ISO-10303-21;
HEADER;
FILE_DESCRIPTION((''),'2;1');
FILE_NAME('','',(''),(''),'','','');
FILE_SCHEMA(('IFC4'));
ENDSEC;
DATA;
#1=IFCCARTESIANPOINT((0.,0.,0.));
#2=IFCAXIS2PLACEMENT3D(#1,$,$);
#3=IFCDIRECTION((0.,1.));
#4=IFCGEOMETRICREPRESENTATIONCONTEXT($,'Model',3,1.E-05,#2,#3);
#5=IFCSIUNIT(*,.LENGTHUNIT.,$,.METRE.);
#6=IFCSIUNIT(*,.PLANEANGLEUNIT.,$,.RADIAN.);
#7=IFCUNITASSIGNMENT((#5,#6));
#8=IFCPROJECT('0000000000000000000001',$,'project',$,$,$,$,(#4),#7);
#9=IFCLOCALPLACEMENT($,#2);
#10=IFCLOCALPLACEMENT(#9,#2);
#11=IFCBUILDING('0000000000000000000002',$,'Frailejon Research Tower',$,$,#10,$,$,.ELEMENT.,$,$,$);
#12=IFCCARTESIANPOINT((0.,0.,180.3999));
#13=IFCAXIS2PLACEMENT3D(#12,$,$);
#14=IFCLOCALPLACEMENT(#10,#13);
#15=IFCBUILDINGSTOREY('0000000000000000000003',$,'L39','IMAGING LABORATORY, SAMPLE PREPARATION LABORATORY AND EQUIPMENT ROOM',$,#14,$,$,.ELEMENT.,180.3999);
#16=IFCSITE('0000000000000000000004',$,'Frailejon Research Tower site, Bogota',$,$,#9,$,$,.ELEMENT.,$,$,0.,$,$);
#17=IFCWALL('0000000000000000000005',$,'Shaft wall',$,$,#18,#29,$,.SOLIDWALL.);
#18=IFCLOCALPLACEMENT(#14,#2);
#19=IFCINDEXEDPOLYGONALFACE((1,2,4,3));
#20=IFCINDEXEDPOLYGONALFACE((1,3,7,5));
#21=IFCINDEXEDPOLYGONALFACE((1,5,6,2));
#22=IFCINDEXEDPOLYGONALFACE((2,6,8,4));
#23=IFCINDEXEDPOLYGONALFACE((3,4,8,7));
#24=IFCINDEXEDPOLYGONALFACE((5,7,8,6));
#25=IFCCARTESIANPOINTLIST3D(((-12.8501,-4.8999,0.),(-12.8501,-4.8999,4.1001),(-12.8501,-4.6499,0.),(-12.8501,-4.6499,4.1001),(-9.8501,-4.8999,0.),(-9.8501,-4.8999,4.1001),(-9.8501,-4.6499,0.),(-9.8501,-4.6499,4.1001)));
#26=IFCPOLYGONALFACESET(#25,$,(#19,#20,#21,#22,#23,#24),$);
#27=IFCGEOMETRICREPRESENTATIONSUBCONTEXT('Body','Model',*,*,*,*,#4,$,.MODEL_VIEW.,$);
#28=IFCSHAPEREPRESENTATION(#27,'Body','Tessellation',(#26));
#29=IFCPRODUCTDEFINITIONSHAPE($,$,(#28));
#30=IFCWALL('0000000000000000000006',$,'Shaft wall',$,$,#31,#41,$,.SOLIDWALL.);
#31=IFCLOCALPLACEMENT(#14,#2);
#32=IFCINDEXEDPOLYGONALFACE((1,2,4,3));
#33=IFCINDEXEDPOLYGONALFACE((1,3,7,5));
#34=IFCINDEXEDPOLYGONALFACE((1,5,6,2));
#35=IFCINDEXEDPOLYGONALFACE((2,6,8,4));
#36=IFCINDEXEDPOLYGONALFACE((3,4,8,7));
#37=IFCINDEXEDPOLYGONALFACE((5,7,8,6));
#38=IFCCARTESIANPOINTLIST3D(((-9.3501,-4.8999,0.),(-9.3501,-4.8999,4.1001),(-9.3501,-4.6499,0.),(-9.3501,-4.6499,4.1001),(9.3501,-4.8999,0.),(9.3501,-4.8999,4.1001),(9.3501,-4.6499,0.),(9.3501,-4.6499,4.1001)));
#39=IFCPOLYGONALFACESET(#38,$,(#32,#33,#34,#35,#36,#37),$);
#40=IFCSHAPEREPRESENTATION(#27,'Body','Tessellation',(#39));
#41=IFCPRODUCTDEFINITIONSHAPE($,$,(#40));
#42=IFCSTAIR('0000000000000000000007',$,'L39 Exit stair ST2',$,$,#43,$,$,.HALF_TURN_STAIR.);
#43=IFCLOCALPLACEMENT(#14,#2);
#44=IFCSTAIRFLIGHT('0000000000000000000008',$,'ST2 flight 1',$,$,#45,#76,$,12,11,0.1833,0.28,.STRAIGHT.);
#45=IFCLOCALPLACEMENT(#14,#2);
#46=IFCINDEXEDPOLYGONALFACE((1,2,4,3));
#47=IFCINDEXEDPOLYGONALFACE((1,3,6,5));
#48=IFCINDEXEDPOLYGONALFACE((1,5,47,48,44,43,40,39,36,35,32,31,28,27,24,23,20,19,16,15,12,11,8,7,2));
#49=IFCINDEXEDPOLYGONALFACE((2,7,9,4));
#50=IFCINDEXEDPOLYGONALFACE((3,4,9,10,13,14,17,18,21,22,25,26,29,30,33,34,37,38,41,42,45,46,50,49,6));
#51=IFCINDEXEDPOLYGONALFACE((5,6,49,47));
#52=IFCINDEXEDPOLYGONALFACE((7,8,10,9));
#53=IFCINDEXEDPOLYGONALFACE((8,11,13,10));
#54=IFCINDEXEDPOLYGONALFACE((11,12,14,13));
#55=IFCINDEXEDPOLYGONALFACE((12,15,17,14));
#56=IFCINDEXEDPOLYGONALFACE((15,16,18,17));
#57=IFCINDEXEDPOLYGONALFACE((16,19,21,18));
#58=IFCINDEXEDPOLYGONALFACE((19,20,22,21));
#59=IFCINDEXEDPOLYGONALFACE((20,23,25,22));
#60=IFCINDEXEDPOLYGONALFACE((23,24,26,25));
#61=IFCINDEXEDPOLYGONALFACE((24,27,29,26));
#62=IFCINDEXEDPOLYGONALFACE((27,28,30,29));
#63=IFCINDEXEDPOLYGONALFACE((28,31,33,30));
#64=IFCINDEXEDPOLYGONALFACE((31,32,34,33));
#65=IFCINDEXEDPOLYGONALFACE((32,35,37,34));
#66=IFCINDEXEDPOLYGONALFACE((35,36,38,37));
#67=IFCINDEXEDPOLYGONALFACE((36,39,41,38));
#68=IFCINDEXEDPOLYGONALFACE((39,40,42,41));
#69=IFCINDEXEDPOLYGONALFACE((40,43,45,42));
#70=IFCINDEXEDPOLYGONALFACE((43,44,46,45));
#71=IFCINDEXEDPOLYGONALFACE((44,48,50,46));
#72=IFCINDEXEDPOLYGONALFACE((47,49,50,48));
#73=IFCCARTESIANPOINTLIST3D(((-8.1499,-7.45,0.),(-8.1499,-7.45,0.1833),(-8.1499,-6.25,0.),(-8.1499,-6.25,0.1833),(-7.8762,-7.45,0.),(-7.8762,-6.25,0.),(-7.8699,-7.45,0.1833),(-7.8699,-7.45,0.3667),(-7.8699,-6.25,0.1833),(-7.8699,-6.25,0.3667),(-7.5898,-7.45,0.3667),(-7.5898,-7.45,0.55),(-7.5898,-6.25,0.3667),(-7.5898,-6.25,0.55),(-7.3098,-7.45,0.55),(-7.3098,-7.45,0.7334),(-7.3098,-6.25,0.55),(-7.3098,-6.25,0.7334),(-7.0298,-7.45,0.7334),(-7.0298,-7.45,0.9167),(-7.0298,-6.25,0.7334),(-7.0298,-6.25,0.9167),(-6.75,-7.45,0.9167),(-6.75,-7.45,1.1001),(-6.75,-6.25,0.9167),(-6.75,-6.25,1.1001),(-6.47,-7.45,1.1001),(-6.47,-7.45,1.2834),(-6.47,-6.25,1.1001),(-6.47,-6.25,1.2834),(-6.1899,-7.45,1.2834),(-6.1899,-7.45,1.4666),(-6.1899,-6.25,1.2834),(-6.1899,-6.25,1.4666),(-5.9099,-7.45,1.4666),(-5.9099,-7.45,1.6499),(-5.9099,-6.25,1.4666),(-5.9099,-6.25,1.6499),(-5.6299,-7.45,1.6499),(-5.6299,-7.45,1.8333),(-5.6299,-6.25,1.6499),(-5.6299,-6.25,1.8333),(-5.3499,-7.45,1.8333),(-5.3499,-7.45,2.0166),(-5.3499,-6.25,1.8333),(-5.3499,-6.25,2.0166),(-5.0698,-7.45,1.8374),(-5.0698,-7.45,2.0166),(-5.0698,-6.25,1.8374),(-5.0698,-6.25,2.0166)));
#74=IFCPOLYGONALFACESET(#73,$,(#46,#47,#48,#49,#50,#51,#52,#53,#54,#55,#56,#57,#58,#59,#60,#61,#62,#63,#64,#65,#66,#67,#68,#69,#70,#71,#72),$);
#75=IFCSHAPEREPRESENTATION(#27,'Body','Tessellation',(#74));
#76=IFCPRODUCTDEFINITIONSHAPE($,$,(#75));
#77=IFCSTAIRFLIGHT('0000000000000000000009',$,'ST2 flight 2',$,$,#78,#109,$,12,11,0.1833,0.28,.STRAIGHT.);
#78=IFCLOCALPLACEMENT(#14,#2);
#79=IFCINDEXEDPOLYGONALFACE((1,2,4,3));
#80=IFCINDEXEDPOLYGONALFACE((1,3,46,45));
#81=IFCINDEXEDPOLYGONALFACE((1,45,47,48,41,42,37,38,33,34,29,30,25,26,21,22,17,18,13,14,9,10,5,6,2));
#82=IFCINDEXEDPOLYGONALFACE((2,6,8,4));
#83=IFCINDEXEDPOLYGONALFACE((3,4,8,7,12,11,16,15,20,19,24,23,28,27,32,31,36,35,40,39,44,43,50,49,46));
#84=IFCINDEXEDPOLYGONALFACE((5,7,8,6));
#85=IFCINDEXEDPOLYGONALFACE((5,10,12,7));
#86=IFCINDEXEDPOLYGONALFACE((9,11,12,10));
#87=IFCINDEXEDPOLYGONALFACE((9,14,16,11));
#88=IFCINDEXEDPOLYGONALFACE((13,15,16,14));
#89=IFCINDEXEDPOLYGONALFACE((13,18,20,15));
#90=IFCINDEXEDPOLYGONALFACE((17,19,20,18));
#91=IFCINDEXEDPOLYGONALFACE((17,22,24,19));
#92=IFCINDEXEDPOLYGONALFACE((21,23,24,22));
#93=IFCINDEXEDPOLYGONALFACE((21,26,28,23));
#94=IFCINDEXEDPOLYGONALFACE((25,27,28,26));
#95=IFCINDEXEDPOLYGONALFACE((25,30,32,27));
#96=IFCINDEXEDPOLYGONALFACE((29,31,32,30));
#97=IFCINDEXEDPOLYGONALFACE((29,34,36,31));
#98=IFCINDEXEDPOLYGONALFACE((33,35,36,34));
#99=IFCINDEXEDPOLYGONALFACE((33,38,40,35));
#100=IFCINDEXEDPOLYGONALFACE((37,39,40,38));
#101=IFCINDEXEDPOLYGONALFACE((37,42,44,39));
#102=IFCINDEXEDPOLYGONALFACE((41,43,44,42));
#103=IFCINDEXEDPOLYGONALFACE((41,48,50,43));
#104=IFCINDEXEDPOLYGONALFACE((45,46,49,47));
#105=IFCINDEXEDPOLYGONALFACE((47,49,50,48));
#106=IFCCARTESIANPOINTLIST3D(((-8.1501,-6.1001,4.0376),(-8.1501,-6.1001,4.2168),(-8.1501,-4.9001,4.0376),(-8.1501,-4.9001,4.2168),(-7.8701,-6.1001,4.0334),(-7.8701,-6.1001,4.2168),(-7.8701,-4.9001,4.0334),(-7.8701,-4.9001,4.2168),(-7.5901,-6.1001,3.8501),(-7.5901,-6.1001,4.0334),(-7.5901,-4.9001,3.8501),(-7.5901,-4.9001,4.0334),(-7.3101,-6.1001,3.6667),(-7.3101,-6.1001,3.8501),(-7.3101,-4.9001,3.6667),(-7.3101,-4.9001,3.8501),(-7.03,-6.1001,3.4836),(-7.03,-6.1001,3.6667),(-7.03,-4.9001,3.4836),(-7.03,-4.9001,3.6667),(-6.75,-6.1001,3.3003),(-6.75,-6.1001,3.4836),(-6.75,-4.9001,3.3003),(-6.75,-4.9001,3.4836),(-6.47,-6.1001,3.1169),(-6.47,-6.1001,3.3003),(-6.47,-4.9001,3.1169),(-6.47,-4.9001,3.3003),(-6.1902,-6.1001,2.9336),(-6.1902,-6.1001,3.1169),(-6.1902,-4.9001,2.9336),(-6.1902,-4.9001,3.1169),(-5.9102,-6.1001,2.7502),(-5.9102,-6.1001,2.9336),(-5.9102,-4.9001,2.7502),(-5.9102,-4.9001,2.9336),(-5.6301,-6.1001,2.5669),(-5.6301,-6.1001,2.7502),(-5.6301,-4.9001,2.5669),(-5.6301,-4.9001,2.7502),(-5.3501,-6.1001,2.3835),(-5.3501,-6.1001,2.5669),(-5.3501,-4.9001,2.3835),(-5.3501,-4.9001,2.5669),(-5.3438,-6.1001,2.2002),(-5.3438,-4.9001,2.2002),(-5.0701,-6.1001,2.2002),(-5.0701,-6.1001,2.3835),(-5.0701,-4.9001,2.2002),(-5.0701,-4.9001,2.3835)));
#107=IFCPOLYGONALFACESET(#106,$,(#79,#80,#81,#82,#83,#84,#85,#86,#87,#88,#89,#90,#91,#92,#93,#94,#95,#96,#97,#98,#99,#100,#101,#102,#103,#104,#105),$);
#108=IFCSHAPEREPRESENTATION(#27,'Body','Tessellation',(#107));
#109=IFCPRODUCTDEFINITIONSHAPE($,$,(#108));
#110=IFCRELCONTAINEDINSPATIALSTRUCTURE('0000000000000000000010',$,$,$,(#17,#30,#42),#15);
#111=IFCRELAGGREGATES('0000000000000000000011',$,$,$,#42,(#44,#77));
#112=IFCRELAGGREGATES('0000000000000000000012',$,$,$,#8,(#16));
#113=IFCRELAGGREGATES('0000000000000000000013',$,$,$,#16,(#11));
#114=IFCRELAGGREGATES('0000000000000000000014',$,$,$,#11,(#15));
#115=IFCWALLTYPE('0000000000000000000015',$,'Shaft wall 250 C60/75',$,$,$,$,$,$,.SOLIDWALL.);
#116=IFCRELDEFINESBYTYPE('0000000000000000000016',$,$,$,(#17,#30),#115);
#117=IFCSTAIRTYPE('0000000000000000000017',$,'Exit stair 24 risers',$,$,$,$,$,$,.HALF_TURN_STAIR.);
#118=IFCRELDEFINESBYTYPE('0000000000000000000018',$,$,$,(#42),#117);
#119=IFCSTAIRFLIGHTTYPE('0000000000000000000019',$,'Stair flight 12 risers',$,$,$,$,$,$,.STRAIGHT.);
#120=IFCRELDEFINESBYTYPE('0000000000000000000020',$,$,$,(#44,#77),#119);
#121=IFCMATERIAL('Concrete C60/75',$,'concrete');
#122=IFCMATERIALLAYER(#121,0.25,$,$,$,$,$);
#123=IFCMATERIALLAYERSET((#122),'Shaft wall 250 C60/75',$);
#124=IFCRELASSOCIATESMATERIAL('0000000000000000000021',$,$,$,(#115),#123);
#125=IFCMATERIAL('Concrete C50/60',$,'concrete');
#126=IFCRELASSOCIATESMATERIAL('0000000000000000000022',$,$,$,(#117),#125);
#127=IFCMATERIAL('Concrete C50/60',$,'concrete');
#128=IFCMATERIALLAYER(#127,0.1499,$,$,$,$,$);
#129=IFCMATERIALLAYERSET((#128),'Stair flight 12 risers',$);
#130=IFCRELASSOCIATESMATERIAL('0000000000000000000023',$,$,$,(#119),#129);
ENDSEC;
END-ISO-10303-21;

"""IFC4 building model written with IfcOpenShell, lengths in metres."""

from ifc_helpers import new_model, si_unit, direction, frame, frame_2d, origin, place, context, subcontext, project, spatial, polyline, rectangle, outline, extrude, material, layer, layer_set, type_object, element, aggregate, save


model = new_model("IFC4")

# Units and contexts
model_context = context("Model", 3, precision=1e-05, world=origin(), true_north=direction((0.0, 1.0)))
body_context = subcontext(model_context, "Body", "Model", "MODEL_VIEW")
ifc_project = project(units=[si_unit("LENGTHUNIT", "METRE"), si_unit("PLANEANGLEUNIT", "RADIAN")], contexts=[model_context])

# Site, building, storey
site_placement = place(None, origin())
site = spatial("IfcSite", under=ifc_project, at=site_placement, Name="Frailejon Research Tower site, Bogota", CompositionType="ELEMENT", RefElevation=0.0)
building_placement = place(site_placement, origin())
building = spatial("IfcBuilding", under=site, at=building_placement, Name="Frailejon Research Tower", CompositionType="ELEMENT")
storey_placement = place(building_placement, frame((0.0, 0.0, 180.3999)))
storey = spatial("IfcBuildingStorey", under=building, at=storey_placement, Name="L39", Description="IMAGING LABORATORY, SAMPLE PREPARATION LABORATORY AND EQUIPMENT ROOM", CompositionType="ELEMENT", Elevation=180.3999)

# Shared definitions
ifc_material_1 = material(Name="Concrete C60/75", Category="concrete")
ifc_layer_1 = layer(ifc_material_1, 0.25)
ifc_layer_set_1 = layer_set([ifc_layer_1], Name="Shaft wall 250 C60/75")
wall_type_1 = type_object("IfcWallType", Name="Shaft wall 250 C60/75", PredefinedType="SOLIDWALL", material=ifc_layer_set_1)

# Walls
wall_1_placement = place(storey_placement, frame((-12.8501, -4.7749, 0.0), z_axis=(0.0, 0.0, 1.0), x_axis=(1.0, 0.0, 0.0)))
element("IfcWall", 1, at=wall_1_placement, inside=storey, type_object=wall_type_1, Name="Shaft wall", PredefinedType="SOLIDWALL", context=body_context, shape_type="SweptSolid", body=[
    extrude(rectangle(XDim=3.0, YDim=0.25, at=frame_2d((1.5, 0.0))), origin(), (0.0, 0.0, 1.0), 4.1001),
])
wall_2_placement = place(storey_placement, frame((-9.3501, -4.7749, 0.0), z_axis=(0.0, 0.0, 1.0), x_axis=(1.0, 0.0, 0.0)))
element("IfcWall", 2, at=wall_2_placement, inside=storey, type_object=wall_type_1, Name="Shaft wall", PredefinedType="SOLIDWALL", context=body_context, shape_type="SweptSolid", body=[
    extrude(rectangle(XDim=18.7002, YDim=0.25, at=frame_2d((9.3501, 0.0))), origin(), (0.0, 0.0, 1.0), 4.1001),
])

# Stair, stair flights
ifc_material_2 = material(Name="Concrete C50/60", Category="concrete")
stair_type = type_object("IfcStairType", Name="Exit stair 24 risers", PredefinedType="HALF_TURN_STAIR", material=ifc_material_2)
stair_placement = place(storey_placement, origin())
stair = element("IfcStair", 3, at=stair_placement, inside=storey, type_object=stair_type, Name="L39 Exit stair ST2", PredefinedType="HALF_TURN_STAIR")
ifc_material_3 = material(Name="Concrete C50/60", Category="concrete")
ifc_layer_2 = layer(ifc_material_3, 0.1499)
ifc_layer_set_2 = layer_set([ifc_layer_2], Name="Stair flight 12 risers")
stair_flight_type = type_object("IfcStairFlightType", Name="Stair flight 12 risers", PredefinedType="STRAIGHT", material=ifc_layer_set_2)
stair_flight_1_placement = place(storey_placement, frame((-8.1499, -6.8501, 0.0), z_axis=(0.0, 0.0, 1.0), x_axis=(1.0, 0.0, 0.0)))
stair_flight_1 = element("IfcStairFlight", 4, at=stair_flight_1_placement, type_object=stair_flight_type, Name="ST2 flight 1", NumberOfRisers=12, NumberOfTreads=11, PredefinedType="STRAIGHT", RiserHeight=0.1833, TreadLength=0.28, context=body_context, shape_type="SweptSolid", body=[
    extrude(outline(polyline([(0.0, 0.0), (0.0, 0.1833), (0.28, 0.1833), (0.28, 0.3667), (0.5601, 0.3667), (0.5601, 0.55), (0.8401, 0.55), (0.8401, 0.7334), (1.1201, 0.7334), (1.1201, 0.9167), (1.3999, 0.9167), (1.3999, 1.1001), (1.6799, 1.1001), (1.6799, 1.2834), (1.96, 1.2834), (1.96, 1.4666), (2.24, 1.4666), (2.24, 1.6499), (2.52, 1.6499), (2.52, 1.8333), (2.8, 1.8333), (2.8, 2.0166), (3.0801, 2.0166), (3.0801, 2.2), (3.0801, 1.8374), (0.2737, 0.0), (0.0, 0.0)])), frame((0.0, 0.6001, 0.0), z_axis=(0.0, -1.0, 0.0), x_axis=(1.0, 0.0, 0.0)), (0.0, 0.0, 1.0), 1.2),
])
stair_flight_2_placement = place(storey_placement, frame((-5.0701, -5.5, 2.2002), z_axis=(0.0, 0.0, 1.0), x_axis=(-1.0, 0.0, 0.0)))
stair_flight_2 = element("IfcStairFlight", 5, at=stair_flight_2_placement, type_object=stair_flight_type, Name="ST2 flight 2", NumberOfRisers=12, NumberOfTreads=11, PredefinedType="STRAIGHT", RiserHeight=0.1833, TreadLength=0.28, context=body_context, shape_type="SweptSolid", body=[
    extrude(outline(polyline([(0.0, 0.0), (0.0, 0.1833), (0.28, 0.1833), (0.28, 0.3667), (0.5601, 0.3667), (0.5601, 0.55), (0.8401, 0.55), (0.8401, 0.7334), (1.1201, 0.7334), (1.1201, 0.9167), (1.3999, 0.9167), (1.3999, 1.1001), (1.6799, 1.1001), (1.6799, 1.2834), (1.96, 1.2834), (1.96, 1.4666), (2.24, 1.4666), (2.24, 1.6499), (2.52, 1.6499), (2.52, 1.8333), (2.8, 1.8333), (2.8, 2.0166), (3.0801, 2.0166), (3.0801, 2.2), (3.0801, 1.8374), (0.2737, 0.0), (0.0, 0.0)])), frame((0.0, 0.6001, 0.0), z_axis=(0.0, -1.0, 0.0), x_axis=(1.0, 0.0, 0.0)), (0.0, 0.0, 1.0), 1.2),
])
aggregate(stair, [stair_flight_1, stair_flight_2])

save(model, "model.ifc")
